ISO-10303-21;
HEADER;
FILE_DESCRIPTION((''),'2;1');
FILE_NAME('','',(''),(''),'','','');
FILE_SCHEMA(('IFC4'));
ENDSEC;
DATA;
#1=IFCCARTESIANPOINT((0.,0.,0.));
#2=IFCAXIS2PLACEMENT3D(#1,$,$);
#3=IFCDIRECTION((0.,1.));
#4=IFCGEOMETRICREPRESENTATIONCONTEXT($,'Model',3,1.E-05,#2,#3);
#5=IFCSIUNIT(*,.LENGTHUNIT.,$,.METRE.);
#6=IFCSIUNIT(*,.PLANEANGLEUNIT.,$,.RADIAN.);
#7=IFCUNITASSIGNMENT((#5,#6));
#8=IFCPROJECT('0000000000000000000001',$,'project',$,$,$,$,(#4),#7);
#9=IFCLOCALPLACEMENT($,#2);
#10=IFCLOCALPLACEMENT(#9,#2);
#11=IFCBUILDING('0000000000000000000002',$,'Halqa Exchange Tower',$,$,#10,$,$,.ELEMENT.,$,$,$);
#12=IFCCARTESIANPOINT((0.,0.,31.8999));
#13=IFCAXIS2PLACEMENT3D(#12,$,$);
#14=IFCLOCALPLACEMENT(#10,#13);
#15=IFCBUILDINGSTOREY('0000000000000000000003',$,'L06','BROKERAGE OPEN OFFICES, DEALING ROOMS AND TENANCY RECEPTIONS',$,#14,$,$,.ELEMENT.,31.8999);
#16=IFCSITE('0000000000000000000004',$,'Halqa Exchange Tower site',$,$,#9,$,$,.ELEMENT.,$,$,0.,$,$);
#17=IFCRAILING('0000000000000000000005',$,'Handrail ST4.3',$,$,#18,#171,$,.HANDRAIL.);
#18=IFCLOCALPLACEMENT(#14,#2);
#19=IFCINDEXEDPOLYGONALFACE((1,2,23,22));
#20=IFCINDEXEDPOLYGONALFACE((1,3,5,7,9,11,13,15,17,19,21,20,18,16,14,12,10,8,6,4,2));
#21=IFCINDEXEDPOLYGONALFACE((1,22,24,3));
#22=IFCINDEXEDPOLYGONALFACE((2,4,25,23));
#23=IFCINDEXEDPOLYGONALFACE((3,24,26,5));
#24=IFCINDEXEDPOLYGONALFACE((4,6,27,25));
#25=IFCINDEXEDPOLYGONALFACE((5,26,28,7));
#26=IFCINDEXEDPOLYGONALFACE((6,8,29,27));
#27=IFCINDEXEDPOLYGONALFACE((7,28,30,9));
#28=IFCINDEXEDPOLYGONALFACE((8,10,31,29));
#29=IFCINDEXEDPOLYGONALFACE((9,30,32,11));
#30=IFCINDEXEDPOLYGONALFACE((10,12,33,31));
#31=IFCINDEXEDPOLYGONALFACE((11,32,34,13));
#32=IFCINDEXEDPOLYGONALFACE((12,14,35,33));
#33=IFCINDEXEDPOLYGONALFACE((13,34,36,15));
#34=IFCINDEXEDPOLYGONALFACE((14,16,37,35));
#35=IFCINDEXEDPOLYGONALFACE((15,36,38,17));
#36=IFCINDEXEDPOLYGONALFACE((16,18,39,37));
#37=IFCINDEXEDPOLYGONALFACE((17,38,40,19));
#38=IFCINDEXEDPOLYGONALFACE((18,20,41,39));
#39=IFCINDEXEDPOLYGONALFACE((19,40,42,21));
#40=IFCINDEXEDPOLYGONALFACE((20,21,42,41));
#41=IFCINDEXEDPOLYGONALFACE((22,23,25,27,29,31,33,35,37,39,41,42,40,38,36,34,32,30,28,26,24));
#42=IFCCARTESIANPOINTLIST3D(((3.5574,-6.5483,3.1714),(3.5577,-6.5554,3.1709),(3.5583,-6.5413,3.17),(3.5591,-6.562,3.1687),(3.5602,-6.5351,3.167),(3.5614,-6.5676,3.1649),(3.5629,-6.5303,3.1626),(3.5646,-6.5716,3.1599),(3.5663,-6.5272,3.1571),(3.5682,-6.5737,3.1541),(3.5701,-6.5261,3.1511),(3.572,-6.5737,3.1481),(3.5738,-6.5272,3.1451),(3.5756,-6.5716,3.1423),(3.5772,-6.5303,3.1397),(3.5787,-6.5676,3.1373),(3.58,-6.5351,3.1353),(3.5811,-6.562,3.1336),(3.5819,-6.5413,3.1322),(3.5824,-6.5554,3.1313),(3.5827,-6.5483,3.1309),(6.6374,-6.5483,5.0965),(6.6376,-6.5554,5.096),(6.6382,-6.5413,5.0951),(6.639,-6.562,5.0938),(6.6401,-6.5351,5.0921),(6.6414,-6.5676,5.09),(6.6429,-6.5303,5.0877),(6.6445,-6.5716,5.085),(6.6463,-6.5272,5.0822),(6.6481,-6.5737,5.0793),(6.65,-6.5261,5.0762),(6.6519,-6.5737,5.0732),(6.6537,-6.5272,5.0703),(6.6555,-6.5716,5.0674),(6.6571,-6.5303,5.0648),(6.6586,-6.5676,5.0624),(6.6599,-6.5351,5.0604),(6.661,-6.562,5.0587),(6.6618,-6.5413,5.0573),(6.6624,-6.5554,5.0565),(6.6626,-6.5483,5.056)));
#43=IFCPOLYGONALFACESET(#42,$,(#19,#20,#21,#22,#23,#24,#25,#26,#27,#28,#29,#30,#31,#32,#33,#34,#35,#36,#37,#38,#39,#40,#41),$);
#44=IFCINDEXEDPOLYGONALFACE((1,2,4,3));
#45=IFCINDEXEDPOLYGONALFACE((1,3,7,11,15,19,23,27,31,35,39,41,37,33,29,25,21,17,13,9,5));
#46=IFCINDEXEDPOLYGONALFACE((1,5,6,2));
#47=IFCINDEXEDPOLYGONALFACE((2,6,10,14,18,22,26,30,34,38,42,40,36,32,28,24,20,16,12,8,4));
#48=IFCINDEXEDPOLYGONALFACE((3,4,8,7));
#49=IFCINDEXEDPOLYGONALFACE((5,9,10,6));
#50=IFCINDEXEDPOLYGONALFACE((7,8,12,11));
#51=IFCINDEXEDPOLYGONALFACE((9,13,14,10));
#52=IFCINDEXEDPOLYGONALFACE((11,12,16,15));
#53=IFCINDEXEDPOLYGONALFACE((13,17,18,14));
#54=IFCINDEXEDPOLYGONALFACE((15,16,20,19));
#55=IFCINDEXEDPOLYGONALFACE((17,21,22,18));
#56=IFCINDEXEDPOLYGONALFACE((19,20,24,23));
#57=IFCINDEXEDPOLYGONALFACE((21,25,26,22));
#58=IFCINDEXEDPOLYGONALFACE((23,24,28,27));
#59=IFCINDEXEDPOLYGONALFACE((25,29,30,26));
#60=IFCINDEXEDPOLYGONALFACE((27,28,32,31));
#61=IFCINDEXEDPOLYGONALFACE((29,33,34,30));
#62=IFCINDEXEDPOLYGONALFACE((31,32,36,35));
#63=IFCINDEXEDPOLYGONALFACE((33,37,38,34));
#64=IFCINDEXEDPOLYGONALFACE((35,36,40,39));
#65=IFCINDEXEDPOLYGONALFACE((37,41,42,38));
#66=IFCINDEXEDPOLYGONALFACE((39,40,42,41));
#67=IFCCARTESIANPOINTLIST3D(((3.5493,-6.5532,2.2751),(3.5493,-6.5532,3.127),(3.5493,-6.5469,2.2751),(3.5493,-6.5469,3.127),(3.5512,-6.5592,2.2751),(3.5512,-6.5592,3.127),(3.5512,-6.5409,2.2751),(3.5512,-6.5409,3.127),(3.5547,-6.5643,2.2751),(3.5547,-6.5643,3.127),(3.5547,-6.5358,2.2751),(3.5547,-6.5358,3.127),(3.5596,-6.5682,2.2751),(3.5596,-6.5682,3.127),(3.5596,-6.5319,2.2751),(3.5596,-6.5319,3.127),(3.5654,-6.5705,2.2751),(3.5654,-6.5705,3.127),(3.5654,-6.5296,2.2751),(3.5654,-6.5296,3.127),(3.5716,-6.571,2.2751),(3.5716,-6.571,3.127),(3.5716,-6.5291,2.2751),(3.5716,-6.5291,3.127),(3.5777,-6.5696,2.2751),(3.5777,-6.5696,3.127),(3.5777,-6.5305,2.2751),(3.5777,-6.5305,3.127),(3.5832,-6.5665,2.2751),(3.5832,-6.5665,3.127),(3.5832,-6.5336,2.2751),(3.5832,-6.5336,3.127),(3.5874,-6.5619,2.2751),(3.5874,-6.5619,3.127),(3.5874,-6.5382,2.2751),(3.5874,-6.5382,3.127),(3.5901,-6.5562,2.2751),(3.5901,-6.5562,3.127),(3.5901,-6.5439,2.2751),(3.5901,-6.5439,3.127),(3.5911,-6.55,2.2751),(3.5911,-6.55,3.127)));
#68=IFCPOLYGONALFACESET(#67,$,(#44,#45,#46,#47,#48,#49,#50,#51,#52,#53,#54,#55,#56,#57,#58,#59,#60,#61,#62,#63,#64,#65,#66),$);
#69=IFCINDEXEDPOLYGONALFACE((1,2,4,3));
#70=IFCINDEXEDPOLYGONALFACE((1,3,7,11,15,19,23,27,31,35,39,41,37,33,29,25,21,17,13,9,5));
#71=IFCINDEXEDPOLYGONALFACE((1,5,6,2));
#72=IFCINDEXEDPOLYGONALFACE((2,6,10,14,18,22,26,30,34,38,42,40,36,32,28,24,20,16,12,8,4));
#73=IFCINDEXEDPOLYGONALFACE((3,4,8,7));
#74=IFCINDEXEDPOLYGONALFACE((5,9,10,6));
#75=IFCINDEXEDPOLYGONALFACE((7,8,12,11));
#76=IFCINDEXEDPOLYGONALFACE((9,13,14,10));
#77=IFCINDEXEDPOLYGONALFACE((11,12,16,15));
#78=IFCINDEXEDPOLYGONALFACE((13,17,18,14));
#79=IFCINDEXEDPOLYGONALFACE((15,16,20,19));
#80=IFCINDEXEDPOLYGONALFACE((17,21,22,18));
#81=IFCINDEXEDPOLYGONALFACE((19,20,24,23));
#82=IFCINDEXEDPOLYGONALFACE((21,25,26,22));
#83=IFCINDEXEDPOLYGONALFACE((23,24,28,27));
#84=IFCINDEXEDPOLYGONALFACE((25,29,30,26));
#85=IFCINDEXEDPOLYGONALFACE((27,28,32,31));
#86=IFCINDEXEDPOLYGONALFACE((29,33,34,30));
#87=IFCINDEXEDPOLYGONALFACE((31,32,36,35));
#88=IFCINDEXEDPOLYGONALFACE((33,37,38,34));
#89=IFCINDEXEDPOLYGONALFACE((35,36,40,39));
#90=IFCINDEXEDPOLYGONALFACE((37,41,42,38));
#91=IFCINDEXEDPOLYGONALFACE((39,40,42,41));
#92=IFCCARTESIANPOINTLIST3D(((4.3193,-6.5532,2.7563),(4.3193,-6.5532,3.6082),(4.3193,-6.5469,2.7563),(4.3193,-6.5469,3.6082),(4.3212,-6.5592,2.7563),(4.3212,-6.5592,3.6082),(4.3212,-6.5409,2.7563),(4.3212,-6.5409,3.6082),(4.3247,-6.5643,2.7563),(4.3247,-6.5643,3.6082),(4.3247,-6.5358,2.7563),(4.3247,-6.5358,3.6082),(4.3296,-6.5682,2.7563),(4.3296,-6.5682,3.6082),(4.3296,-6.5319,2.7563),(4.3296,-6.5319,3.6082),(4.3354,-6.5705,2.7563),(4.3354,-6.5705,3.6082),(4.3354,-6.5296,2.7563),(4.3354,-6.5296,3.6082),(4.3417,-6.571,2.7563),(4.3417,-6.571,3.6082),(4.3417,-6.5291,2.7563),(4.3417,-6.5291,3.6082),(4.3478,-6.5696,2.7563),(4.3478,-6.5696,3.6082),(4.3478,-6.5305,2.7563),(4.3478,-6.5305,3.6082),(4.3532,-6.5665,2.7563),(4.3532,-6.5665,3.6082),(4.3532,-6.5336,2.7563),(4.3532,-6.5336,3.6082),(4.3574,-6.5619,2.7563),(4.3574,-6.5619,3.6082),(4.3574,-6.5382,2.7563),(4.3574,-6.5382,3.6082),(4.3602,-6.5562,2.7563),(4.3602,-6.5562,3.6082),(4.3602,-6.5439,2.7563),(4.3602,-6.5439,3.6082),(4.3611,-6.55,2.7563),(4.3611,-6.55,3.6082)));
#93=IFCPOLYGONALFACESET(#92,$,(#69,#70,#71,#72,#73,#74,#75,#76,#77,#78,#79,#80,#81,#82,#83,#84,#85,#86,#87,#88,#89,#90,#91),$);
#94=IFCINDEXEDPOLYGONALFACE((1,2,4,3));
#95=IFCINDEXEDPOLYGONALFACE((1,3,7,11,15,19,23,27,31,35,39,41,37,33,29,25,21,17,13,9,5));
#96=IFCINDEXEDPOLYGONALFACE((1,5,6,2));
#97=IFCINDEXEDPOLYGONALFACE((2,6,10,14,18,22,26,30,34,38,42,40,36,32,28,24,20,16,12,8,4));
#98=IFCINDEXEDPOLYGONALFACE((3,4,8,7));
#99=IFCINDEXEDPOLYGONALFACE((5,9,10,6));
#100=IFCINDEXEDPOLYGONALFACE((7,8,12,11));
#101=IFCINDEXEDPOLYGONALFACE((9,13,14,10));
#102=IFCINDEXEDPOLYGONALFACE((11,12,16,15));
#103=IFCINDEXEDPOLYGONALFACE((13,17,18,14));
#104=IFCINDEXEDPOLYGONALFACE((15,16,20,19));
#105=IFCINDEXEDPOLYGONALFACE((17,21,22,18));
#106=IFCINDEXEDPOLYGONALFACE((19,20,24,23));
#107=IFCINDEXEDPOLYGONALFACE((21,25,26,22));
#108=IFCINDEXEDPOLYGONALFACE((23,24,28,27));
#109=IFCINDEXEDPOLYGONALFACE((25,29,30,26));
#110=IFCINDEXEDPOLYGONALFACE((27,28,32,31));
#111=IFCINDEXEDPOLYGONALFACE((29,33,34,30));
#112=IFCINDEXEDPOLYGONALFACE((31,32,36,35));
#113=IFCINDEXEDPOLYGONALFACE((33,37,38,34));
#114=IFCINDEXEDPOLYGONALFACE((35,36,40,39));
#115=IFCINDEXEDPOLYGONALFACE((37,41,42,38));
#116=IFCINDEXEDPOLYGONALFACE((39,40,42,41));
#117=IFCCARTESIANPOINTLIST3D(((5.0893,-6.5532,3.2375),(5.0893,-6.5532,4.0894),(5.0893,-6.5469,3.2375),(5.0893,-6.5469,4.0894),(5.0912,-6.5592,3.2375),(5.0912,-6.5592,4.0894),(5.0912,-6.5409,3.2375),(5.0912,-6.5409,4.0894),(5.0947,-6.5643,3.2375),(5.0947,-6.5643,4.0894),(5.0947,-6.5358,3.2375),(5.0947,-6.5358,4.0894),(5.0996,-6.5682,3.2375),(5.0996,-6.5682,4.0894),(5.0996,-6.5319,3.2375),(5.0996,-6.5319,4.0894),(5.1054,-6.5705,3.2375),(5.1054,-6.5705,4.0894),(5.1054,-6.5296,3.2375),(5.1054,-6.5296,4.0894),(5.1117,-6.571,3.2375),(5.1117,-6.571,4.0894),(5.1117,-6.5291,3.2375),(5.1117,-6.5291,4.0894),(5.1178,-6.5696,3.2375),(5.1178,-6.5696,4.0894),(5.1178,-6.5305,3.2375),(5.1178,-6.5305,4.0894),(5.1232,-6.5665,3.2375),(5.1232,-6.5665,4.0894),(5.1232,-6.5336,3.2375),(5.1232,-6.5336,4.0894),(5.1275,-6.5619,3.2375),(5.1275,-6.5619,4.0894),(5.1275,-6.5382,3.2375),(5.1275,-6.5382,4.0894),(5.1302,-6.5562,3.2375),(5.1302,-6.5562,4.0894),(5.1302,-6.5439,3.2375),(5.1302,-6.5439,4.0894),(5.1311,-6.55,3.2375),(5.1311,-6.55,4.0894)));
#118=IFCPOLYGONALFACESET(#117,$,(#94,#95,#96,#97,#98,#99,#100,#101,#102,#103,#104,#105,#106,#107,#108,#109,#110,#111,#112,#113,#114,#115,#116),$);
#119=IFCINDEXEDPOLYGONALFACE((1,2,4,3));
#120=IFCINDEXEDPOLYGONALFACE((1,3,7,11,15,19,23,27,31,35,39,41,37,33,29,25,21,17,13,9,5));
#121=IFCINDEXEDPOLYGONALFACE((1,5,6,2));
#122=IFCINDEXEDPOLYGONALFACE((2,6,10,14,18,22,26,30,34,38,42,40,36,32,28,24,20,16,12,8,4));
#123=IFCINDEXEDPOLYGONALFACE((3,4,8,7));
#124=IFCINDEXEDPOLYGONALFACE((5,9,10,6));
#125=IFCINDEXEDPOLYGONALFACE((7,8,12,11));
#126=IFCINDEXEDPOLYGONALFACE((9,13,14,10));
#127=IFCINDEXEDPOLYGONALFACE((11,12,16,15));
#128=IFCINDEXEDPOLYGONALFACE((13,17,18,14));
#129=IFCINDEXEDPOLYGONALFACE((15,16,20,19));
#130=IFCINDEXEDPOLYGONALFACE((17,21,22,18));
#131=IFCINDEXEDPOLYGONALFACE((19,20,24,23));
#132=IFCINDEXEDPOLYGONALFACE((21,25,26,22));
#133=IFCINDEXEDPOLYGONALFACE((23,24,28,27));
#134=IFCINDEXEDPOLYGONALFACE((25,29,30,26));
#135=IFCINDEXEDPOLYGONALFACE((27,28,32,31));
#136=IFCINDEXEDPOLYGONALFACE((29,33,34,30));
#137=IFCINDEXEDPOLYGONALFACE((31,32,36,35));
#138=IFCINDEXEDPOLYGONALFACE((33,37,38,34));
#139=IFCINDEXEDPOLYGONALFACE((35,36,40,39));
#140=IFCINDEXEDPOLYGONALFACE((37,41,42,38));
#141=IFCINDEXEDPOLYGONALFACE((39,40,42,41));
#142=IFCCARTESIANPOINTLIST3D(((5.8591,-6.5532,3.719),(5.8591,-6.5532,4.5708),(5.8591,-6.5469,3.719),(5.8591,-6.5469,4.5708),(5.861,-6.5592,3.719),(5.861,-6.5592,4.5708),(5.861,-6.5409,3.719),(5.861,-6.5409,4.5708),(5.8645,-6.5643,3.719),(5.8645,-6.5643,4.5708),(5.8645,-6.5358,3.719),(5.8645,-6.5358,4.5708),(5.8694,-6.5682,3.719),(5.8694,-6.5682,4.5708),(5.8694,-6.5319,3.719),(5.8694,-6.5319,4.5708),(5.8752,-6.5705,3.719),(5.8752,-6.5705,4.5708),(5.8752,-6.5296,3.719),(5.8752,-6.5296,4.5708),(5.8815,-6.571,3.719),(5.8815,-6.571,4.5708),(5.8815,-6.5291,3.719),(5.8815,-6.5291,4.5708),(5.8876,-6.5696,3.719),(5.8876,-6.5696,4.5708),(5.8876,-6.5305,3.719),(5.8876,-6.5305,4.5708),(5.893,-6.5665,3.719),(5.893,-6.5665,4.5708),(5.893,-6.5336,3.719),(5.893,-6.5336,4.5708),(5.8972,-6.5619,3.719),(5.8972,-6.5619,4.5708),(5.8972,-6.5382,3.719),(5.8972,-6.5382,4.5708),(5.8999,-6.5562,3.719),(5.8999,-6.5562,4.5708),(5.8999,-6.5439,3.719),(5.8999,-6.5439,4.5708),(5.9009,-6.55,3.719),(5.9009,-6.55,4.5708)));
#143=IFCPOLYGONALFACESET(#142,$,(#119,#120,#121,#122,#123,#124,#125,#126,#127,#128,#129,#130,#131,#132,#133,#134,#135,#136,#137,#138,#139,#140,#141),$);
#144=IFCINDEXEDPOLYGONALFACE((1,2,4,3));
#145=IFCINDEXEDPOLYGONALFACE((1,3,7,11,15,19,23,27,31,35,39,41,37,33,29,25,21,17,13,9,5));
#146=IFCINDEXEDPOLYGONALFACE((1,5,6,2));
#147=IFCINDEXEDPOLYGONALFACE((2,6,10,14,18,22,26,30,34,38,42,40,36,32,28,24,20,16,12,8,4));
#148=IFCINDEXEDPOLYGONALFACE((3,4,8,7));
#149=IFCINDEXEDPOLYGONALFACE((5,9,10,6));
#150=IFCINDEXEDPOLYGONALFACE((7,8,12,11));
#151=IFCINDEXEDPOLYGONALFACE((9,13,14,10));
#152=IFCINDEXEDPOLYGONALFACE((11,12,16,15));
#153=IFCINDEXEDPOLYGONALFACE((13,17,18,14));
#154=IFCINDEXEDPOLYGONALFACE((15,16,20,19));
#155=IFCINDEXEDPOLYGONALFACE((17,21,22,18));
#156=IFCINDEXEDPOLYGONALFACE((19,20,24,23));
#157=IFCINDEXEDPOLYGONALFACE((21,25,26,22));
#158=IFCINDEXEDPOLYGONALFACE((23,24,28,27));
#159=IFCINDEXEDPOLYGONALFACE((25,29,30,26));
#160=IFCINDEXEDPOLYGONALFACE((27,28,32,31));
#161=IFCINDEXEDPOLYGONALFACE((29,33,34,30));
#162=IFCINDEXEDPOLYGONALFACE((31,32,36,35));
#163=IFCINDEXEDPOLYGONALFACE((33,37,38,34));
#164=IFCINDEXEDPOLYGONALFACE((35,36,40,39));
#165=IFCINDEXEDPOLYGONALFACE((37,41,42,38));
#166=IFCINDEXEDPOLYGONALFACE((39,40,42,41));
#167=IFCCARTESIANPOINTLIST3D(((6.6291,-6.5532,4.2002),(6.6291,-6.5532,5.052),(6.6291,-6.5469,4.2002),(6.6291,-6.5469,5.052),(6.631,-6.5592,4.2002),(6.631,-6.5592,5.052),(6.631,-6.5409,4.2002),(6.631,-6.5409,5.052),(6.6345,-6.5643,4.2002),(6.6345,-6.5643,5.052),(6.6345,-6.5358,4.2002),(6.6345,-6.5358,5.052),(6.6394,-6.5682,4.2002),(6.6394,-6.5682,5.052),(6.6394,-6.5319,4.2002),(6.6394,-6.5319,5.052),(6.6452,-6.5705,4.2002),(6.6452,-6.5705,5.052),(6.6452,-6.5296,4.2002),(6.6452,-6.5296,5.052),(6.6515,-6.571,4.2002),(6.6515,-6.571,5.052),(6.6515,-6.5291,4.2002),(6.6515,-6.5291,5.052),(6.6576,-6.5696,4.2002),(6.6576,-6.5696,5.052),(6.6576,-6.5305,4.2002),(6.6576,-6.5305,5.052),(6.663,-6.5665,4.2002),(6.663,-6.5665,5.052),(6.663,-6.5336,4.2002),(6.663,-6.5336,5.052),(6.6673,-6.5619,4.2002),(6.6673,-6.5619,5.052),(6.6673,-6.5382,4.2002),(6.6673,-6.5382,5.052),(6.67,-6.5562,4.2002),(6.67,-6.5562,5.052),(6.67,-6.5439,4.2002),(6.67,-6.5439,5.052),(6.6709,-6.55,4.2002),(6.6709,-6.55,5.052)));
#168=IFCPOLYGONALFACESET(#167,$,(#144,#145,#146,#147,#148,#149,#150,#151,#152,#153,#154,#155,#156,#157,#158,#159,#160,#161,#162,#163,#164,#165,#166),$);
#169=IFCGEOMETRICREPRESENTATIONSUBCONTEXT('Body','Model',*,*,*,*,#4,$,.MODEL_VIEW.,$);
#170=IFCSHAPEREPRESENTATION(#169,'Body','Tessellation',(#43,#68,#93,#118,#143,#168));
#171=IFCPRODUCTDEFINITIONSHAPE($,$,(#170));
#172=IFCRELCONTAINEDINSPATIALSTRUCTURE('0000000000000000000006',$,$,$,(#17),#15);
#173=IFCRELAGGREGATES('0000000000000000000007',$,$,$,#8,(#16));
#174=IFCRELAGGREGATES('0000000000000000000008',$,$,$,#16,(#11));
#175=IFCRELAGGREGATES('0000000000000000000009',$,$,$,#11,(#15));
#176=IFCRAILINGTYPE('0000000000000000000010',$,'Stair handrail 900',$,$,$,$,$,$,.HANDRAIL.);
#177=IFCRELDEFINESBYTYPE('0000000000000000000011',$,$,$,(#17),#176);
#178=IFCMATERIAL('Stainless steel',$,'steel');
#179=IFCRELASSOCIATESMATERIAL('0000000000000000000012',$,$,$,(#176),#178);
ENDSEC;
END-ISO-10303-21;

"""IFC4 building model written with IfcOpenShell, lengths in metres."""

from ifc_helpers import new_model, si_unit, direction, frame, origin, origin_2d, place, context, subcontext, project, spatial, circle, extrude, material, type_object, element, save


model = new_model("IFC4")

# Units and contexts
model_context = context("Model", 3, precision=1e-05, world=origin(), true_north=direction((0.0, 1.0)))
body_context = subcontext(model_context, "Body", "Model", "MODEL_VIEW")
ifc_project = project(units=[si_unit("LENGTHUNIT", "METRE"), si_unit("PLANEANGLEUNIT", "RADIAN")], contexts=[model_context])

# Site, building, storey
site_placement = place(None, origin())
site = spatial("IfcSite", under=ifc_project, at=site_placement, Name="Halqa Exchange Tower site", CompositionType="ELEMENT", RefElevation=0.0)
building_placement = place(site_placement, origin())
building = spatial("IfcBuilding", under=site, at=building_placement, Name="Halqa Exchange Tower", CompositionType="ELEMENT")
storey_placement = place(building_placement, frame((0.0, 0.0, 31.8999)))
storey = spatial("IfcBuildingStorey", under=building, at=storey_placement, Name="L06", Description="BROKERAGE OPEN OFFICES, DEALING ROOMS AND TENANCY RECEPTIONS", CompositionType="ELEMENT", Elevation=31.8999)

# Railing
ifc_material_1 = material(Name="Stainless steel", Category="steel")
railing_type_1 = type_object("IfcRailingType", Name="Stair handrail 900", PredefinedType="HANDRAIL", material=ifc_material_1)
railing_1_placement = place(storey_placement, frame((3.5701, -6.55, 2.2751)))
element("IfcRailing", 1, at=railing_1_placement, inside=storey, type_object=railing_type_1, Name="Handrail ST4.3", PredefinedType="HANDRAIL", context=body_context, shape_type="SweptSolid", body=[
    extrude(circle(Radius=0.0239, at=origin_2d()), frame((0.0, 0.0, 0.876), z_axis=(0.847979, 0.0, 0.530029), x_axis=(0.0, 1.0, 0.0)), (0.0, 0.0, 1.0), 3.6321),
    extrude(circle(Radius=0.021, at=origin_2d()), origin(), (0.0, 0.0, 1.0), 0.8518),
    extrude(circle(Radius=0.021, at=origin_2d()), frame((0.77, 0.0, 0.4812)), (0.0, 0.0, 1.0), 0.8518),
    extrude(circle(Radius=0.021, at=origin_2d()), frame((1.54, 0.0, 0.9624)), (0.0, 0.0, 1.0), 0.8518),
    extrude(circle(Radius=0.021, at=origin_2d()), frame((2.3098, 0.0, 1.4438)), (0.0, 0.0, 1.0), 0.8518),
    extrude(circle(Radius=0.021, at=origin_2d()), frame((3.0798, 0.0, 1.925)), (0.0, 0.0, 1.0), 0.8518),
])

save(model, "model.ifc")
